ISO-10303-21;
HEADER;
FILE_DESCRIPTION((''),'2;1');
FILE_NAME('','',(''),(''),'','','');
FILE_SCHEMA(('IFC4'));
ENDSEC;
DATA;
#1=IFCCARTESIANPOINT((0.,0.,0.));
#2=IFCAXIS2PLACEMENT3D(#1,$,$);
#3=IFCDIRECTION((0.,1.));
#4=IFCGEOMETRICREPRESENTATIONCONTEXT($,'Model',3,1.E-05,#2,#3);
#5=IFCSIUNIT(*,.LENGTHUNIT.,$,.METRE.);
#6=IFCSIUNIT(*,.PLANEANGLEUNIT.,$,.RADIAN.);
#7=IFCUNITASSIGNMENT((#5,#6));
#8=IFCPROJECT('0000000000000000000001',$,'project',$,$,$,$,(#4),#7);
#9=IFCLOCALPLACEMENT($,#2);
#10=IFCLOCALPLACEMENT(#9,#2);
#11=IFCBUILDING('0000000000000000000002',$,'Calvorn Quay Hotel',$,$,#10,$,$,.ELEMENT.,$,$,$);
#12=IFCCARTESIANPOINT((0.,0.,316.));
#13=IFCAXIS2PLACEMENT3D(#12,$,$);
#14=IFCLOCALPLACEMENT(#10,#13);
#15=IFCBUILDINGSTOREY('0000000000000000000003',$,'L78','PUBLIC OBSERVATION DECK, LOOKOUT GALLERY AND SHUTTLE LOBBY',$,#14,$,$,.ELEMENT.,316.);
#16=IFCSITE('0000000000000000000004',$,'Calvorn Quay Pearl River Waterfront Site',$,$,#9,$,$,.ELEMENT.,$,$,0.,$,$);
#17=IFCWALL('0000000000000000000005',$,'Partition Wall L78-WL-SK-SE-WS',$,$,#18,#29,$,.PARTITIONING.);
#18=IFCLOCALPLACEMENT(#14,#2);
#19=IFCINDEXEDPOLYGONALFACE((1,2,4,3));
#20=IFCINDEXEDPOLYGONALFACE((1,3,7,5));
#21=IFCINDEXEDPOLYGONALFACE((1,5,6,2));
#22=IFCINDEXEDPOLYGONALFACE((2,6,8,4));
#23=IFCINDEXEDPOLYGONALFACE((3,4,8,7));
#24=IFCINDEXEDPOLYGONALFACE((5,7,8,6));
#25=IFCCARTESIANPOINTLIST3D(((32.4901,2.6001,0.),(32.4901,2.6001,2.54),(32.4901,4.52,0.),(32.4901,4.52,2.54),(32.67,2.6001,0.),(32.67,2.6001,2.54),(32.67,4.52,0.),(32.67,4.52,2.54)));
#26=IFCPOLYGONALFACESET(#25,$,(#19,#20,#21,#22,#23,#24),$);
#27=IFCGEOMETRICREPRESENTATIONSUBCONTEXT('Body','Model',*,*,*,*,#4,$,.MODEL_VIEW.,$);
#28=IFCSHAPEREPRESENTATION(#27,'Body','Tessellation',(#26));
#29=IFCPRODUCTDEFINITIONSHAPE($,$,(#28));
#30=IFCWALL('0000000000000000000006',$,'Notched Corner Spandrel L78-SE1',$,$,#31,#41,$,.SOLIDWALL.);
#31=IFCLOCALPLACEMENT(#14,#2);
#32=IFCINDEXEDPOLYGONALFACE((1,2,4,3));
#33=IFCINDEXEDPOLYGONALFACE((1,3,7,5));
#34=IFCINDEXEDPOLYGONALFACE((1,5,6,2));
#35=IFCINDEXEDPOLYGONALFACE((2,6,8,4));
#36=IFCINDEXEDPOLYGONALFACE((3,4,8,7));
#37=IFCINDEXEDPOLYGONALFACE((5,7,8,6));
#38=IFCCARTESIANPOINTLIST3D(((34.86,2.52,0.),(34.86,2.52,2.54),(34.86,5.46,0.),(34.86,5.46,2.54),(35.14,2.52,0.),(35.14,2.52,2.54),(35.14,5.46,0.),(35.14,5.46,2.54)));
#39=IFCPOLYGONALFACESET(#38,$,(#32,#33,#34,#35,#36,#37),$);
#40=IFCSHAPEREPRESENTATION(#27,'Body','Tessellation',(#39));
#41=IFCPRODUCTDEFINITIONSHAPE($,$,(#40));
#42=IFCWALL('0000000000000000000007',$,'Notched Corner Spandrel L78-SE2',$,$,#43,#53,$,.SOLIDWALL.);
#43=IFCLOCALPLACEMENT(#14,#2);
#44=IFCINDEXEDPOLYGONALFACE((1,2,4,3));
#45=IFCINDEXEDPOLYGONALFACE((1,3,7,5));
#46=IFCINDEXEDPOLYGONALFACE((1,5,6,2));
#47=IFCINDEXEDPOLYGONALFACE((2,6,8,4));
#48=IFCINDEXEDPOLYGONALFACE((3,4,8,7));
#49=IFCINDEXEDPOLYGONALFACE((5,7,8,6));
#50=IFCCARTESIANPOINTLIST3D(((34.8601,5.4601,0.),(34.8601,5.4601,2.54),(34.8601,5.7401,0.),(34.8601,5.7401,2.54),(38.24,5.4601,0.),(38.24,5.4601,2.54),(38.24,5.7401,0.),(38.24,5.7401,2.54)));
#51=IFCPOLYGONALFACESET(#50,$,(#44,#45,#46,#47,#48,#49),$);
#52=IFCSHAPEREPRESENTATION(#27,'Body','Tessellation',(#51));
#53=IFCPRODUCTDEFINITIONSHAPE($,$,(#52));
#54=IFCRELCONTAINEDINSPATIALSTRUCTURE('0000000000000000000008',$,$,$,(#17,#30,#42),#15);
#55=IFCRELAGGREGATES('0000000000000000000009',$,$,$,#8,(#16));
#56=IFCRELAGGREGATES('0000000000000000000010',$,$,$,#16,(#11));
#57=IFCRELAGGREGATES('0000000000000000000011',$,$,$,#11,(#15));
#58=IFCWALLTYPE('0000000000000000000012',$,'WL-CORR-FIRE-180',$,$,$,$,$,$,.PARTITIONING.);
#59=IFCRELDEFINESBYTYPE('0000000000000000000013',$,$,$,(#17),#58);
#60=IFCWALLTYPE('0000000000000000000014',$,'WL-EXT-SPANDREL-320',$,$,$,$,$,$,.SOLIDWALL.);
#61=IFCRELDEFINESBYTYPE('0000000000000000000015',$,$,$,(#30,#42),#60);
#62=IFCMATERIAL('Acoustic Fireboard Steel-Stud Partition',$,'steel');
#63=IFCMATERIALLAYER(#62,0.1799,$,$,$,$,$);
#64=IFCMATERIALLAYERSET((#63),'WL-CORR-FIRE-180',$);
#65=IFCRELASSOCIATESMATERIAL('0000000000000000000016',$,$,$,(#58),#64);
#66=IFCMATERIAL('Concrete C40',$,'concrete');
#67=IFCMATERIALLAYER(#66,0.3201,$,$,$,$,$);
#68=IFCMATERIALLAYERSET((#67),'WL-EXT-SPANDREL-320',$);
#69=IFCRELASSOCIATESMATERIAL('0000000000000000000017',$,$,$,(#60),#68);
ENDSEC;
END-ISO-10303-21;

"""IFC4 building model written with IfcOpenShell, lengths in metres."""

from ifc_helpers import new_model, si_unit, direction, frame, frame_2d, origin, place, context, subcontext, project, spatial, rectangle, extrude, material, layer, layer_set, type_object, element, save


model = new_model("IFC4")

# Units and contexts
model_context = context("Model", 3, precision=1e-05, world=origin(), true_north=direction((0.0, 1.0)))
body_context = subcontext(model_context, "Body", "Model", "MODEL_VIEW")
ifc_project = project(units=[si_unit("LENGTHUNIT", "METRE"), si_unit("PLANEANGLEUNIT", "RADIAN")], contexts=[model_context])

# Site, building, storey
site_placement = place(None, origin())
site = spatial("IfcSite", under=ifc_project, at=site_placement, Name="Calvorn Quay Pearl River Waterfront Site", CompositionType="ELEMENT", RefElevation=0.0)
building_placement = place(site_placement, origin())
building = spatial("IfcBuilding", under=site, at=building_placement, Name="Calvorn Quay Hotel", CompositionType="ELEMENT")
storey_placement = place(building_placement, frame((0.0, 0.0, 316.0)))
storey = spatial("IfcBuildingStorey", under=building, at=storey_placement, Name="L78", Description="PUBLIC OBSERVATION DECK, LOOKOUT GALLERY AND SHUTTLE LOBBY", CompositionType="ELEMENT", Elevation=316.0)

# Walls
ifc_material_1 = material(Name="Acoustic Fireboard Steel-Stud Partition", Category="steel")
ifc_layer_1 = layer(ifc_material_1, 0.1799)
ifc_layer_set_1 = layer_set([ifc_layer_1], Name="WL-CORR-FIRE-180")
wall_type_1 = type_object("IfcWallType", Name="WL-CORR-FIRE-180", PredefinedType="PARTITIONING", material=ifc_layer_set_1)
wall_1_placement = place(storey_placement, frame((32.5801, 2.6001, 0.0), z_axis=(0.0, 0.0, 1.0), x_axis=(0.0, 1.0, 0.0)))
element("IfcWall", 1, at=wall_1_placement, inside=storey, type_object=wall_type_1, Name="Partition Wall L78-WL-SK-SE-WS", PredefinedType="PARTITIONING", context=body_context, shape_type="SweptSolid", body=[
    extrude(rectangle(XDim=1.9199, YDim=0.1799, at=frame_2d((0.96, 0.0))), origin(), (0.0, 0.0, 1.0), 2.54),
])
ifc_material_2 = material(Name="Concrete C40", Category="concrete")
ifc_layer_2 = layer(ifc_material_2, 0.3201)
ifc_layer_set_2 = layer_set([ifc_layer_2], Name="WL-EXT-SPANDREL-320")
wall_type_2 = type_object("IfcWallType", Name="WL-EXT-SPANDREL-320", PredefinedType="SOLIDWALL", material=ifc_layer_set_2)
wall_2_placement = place(storey_placement, frame((35.0, 2.52, 0.0), z_axis=(0.0, 0.0, 1.0), x_axis=(0.0, 1.0, 0.0)))
element("IfcWall", 2, at=wall_2_placement, inside=storey, type_object=wall_type_2, Name="Notched Corner Spandrel L78-SE1", PredefinedType="SOLIDWALL", context=body_context, shape_type="SweptSolid", body=[
    extrude(rectangle(XDim=2.9399, YDim=0.28, at=frame_2d((1.47, 0.0))), origin(), (0.0, 0.0, 1.0), 2.54),
])
wall_3_placement = place(storey_placement, frame((34.8601, 5.6001, 0.0), z_axis=(0.0, 0.0, 1.0), x_axis=(1.0, 0.0, 0.0)))
element("IfcWall", 3, at=wall_3_placement, inside=storey, type_object=wall_type_2, Name="Notched Corner Spandrel L78-SE2", PredefinedType="SOLIDWALL", context=body_context, shape_type="SweptSolid", body=[
    extrude(rectangle(XDim=3.3799, YDim=0.28, at=frame_2d((1.6899, 0.0))), origin(), (0.0, 0.0, 1.0), 2.54),
])

save(model, "model.ifc")
